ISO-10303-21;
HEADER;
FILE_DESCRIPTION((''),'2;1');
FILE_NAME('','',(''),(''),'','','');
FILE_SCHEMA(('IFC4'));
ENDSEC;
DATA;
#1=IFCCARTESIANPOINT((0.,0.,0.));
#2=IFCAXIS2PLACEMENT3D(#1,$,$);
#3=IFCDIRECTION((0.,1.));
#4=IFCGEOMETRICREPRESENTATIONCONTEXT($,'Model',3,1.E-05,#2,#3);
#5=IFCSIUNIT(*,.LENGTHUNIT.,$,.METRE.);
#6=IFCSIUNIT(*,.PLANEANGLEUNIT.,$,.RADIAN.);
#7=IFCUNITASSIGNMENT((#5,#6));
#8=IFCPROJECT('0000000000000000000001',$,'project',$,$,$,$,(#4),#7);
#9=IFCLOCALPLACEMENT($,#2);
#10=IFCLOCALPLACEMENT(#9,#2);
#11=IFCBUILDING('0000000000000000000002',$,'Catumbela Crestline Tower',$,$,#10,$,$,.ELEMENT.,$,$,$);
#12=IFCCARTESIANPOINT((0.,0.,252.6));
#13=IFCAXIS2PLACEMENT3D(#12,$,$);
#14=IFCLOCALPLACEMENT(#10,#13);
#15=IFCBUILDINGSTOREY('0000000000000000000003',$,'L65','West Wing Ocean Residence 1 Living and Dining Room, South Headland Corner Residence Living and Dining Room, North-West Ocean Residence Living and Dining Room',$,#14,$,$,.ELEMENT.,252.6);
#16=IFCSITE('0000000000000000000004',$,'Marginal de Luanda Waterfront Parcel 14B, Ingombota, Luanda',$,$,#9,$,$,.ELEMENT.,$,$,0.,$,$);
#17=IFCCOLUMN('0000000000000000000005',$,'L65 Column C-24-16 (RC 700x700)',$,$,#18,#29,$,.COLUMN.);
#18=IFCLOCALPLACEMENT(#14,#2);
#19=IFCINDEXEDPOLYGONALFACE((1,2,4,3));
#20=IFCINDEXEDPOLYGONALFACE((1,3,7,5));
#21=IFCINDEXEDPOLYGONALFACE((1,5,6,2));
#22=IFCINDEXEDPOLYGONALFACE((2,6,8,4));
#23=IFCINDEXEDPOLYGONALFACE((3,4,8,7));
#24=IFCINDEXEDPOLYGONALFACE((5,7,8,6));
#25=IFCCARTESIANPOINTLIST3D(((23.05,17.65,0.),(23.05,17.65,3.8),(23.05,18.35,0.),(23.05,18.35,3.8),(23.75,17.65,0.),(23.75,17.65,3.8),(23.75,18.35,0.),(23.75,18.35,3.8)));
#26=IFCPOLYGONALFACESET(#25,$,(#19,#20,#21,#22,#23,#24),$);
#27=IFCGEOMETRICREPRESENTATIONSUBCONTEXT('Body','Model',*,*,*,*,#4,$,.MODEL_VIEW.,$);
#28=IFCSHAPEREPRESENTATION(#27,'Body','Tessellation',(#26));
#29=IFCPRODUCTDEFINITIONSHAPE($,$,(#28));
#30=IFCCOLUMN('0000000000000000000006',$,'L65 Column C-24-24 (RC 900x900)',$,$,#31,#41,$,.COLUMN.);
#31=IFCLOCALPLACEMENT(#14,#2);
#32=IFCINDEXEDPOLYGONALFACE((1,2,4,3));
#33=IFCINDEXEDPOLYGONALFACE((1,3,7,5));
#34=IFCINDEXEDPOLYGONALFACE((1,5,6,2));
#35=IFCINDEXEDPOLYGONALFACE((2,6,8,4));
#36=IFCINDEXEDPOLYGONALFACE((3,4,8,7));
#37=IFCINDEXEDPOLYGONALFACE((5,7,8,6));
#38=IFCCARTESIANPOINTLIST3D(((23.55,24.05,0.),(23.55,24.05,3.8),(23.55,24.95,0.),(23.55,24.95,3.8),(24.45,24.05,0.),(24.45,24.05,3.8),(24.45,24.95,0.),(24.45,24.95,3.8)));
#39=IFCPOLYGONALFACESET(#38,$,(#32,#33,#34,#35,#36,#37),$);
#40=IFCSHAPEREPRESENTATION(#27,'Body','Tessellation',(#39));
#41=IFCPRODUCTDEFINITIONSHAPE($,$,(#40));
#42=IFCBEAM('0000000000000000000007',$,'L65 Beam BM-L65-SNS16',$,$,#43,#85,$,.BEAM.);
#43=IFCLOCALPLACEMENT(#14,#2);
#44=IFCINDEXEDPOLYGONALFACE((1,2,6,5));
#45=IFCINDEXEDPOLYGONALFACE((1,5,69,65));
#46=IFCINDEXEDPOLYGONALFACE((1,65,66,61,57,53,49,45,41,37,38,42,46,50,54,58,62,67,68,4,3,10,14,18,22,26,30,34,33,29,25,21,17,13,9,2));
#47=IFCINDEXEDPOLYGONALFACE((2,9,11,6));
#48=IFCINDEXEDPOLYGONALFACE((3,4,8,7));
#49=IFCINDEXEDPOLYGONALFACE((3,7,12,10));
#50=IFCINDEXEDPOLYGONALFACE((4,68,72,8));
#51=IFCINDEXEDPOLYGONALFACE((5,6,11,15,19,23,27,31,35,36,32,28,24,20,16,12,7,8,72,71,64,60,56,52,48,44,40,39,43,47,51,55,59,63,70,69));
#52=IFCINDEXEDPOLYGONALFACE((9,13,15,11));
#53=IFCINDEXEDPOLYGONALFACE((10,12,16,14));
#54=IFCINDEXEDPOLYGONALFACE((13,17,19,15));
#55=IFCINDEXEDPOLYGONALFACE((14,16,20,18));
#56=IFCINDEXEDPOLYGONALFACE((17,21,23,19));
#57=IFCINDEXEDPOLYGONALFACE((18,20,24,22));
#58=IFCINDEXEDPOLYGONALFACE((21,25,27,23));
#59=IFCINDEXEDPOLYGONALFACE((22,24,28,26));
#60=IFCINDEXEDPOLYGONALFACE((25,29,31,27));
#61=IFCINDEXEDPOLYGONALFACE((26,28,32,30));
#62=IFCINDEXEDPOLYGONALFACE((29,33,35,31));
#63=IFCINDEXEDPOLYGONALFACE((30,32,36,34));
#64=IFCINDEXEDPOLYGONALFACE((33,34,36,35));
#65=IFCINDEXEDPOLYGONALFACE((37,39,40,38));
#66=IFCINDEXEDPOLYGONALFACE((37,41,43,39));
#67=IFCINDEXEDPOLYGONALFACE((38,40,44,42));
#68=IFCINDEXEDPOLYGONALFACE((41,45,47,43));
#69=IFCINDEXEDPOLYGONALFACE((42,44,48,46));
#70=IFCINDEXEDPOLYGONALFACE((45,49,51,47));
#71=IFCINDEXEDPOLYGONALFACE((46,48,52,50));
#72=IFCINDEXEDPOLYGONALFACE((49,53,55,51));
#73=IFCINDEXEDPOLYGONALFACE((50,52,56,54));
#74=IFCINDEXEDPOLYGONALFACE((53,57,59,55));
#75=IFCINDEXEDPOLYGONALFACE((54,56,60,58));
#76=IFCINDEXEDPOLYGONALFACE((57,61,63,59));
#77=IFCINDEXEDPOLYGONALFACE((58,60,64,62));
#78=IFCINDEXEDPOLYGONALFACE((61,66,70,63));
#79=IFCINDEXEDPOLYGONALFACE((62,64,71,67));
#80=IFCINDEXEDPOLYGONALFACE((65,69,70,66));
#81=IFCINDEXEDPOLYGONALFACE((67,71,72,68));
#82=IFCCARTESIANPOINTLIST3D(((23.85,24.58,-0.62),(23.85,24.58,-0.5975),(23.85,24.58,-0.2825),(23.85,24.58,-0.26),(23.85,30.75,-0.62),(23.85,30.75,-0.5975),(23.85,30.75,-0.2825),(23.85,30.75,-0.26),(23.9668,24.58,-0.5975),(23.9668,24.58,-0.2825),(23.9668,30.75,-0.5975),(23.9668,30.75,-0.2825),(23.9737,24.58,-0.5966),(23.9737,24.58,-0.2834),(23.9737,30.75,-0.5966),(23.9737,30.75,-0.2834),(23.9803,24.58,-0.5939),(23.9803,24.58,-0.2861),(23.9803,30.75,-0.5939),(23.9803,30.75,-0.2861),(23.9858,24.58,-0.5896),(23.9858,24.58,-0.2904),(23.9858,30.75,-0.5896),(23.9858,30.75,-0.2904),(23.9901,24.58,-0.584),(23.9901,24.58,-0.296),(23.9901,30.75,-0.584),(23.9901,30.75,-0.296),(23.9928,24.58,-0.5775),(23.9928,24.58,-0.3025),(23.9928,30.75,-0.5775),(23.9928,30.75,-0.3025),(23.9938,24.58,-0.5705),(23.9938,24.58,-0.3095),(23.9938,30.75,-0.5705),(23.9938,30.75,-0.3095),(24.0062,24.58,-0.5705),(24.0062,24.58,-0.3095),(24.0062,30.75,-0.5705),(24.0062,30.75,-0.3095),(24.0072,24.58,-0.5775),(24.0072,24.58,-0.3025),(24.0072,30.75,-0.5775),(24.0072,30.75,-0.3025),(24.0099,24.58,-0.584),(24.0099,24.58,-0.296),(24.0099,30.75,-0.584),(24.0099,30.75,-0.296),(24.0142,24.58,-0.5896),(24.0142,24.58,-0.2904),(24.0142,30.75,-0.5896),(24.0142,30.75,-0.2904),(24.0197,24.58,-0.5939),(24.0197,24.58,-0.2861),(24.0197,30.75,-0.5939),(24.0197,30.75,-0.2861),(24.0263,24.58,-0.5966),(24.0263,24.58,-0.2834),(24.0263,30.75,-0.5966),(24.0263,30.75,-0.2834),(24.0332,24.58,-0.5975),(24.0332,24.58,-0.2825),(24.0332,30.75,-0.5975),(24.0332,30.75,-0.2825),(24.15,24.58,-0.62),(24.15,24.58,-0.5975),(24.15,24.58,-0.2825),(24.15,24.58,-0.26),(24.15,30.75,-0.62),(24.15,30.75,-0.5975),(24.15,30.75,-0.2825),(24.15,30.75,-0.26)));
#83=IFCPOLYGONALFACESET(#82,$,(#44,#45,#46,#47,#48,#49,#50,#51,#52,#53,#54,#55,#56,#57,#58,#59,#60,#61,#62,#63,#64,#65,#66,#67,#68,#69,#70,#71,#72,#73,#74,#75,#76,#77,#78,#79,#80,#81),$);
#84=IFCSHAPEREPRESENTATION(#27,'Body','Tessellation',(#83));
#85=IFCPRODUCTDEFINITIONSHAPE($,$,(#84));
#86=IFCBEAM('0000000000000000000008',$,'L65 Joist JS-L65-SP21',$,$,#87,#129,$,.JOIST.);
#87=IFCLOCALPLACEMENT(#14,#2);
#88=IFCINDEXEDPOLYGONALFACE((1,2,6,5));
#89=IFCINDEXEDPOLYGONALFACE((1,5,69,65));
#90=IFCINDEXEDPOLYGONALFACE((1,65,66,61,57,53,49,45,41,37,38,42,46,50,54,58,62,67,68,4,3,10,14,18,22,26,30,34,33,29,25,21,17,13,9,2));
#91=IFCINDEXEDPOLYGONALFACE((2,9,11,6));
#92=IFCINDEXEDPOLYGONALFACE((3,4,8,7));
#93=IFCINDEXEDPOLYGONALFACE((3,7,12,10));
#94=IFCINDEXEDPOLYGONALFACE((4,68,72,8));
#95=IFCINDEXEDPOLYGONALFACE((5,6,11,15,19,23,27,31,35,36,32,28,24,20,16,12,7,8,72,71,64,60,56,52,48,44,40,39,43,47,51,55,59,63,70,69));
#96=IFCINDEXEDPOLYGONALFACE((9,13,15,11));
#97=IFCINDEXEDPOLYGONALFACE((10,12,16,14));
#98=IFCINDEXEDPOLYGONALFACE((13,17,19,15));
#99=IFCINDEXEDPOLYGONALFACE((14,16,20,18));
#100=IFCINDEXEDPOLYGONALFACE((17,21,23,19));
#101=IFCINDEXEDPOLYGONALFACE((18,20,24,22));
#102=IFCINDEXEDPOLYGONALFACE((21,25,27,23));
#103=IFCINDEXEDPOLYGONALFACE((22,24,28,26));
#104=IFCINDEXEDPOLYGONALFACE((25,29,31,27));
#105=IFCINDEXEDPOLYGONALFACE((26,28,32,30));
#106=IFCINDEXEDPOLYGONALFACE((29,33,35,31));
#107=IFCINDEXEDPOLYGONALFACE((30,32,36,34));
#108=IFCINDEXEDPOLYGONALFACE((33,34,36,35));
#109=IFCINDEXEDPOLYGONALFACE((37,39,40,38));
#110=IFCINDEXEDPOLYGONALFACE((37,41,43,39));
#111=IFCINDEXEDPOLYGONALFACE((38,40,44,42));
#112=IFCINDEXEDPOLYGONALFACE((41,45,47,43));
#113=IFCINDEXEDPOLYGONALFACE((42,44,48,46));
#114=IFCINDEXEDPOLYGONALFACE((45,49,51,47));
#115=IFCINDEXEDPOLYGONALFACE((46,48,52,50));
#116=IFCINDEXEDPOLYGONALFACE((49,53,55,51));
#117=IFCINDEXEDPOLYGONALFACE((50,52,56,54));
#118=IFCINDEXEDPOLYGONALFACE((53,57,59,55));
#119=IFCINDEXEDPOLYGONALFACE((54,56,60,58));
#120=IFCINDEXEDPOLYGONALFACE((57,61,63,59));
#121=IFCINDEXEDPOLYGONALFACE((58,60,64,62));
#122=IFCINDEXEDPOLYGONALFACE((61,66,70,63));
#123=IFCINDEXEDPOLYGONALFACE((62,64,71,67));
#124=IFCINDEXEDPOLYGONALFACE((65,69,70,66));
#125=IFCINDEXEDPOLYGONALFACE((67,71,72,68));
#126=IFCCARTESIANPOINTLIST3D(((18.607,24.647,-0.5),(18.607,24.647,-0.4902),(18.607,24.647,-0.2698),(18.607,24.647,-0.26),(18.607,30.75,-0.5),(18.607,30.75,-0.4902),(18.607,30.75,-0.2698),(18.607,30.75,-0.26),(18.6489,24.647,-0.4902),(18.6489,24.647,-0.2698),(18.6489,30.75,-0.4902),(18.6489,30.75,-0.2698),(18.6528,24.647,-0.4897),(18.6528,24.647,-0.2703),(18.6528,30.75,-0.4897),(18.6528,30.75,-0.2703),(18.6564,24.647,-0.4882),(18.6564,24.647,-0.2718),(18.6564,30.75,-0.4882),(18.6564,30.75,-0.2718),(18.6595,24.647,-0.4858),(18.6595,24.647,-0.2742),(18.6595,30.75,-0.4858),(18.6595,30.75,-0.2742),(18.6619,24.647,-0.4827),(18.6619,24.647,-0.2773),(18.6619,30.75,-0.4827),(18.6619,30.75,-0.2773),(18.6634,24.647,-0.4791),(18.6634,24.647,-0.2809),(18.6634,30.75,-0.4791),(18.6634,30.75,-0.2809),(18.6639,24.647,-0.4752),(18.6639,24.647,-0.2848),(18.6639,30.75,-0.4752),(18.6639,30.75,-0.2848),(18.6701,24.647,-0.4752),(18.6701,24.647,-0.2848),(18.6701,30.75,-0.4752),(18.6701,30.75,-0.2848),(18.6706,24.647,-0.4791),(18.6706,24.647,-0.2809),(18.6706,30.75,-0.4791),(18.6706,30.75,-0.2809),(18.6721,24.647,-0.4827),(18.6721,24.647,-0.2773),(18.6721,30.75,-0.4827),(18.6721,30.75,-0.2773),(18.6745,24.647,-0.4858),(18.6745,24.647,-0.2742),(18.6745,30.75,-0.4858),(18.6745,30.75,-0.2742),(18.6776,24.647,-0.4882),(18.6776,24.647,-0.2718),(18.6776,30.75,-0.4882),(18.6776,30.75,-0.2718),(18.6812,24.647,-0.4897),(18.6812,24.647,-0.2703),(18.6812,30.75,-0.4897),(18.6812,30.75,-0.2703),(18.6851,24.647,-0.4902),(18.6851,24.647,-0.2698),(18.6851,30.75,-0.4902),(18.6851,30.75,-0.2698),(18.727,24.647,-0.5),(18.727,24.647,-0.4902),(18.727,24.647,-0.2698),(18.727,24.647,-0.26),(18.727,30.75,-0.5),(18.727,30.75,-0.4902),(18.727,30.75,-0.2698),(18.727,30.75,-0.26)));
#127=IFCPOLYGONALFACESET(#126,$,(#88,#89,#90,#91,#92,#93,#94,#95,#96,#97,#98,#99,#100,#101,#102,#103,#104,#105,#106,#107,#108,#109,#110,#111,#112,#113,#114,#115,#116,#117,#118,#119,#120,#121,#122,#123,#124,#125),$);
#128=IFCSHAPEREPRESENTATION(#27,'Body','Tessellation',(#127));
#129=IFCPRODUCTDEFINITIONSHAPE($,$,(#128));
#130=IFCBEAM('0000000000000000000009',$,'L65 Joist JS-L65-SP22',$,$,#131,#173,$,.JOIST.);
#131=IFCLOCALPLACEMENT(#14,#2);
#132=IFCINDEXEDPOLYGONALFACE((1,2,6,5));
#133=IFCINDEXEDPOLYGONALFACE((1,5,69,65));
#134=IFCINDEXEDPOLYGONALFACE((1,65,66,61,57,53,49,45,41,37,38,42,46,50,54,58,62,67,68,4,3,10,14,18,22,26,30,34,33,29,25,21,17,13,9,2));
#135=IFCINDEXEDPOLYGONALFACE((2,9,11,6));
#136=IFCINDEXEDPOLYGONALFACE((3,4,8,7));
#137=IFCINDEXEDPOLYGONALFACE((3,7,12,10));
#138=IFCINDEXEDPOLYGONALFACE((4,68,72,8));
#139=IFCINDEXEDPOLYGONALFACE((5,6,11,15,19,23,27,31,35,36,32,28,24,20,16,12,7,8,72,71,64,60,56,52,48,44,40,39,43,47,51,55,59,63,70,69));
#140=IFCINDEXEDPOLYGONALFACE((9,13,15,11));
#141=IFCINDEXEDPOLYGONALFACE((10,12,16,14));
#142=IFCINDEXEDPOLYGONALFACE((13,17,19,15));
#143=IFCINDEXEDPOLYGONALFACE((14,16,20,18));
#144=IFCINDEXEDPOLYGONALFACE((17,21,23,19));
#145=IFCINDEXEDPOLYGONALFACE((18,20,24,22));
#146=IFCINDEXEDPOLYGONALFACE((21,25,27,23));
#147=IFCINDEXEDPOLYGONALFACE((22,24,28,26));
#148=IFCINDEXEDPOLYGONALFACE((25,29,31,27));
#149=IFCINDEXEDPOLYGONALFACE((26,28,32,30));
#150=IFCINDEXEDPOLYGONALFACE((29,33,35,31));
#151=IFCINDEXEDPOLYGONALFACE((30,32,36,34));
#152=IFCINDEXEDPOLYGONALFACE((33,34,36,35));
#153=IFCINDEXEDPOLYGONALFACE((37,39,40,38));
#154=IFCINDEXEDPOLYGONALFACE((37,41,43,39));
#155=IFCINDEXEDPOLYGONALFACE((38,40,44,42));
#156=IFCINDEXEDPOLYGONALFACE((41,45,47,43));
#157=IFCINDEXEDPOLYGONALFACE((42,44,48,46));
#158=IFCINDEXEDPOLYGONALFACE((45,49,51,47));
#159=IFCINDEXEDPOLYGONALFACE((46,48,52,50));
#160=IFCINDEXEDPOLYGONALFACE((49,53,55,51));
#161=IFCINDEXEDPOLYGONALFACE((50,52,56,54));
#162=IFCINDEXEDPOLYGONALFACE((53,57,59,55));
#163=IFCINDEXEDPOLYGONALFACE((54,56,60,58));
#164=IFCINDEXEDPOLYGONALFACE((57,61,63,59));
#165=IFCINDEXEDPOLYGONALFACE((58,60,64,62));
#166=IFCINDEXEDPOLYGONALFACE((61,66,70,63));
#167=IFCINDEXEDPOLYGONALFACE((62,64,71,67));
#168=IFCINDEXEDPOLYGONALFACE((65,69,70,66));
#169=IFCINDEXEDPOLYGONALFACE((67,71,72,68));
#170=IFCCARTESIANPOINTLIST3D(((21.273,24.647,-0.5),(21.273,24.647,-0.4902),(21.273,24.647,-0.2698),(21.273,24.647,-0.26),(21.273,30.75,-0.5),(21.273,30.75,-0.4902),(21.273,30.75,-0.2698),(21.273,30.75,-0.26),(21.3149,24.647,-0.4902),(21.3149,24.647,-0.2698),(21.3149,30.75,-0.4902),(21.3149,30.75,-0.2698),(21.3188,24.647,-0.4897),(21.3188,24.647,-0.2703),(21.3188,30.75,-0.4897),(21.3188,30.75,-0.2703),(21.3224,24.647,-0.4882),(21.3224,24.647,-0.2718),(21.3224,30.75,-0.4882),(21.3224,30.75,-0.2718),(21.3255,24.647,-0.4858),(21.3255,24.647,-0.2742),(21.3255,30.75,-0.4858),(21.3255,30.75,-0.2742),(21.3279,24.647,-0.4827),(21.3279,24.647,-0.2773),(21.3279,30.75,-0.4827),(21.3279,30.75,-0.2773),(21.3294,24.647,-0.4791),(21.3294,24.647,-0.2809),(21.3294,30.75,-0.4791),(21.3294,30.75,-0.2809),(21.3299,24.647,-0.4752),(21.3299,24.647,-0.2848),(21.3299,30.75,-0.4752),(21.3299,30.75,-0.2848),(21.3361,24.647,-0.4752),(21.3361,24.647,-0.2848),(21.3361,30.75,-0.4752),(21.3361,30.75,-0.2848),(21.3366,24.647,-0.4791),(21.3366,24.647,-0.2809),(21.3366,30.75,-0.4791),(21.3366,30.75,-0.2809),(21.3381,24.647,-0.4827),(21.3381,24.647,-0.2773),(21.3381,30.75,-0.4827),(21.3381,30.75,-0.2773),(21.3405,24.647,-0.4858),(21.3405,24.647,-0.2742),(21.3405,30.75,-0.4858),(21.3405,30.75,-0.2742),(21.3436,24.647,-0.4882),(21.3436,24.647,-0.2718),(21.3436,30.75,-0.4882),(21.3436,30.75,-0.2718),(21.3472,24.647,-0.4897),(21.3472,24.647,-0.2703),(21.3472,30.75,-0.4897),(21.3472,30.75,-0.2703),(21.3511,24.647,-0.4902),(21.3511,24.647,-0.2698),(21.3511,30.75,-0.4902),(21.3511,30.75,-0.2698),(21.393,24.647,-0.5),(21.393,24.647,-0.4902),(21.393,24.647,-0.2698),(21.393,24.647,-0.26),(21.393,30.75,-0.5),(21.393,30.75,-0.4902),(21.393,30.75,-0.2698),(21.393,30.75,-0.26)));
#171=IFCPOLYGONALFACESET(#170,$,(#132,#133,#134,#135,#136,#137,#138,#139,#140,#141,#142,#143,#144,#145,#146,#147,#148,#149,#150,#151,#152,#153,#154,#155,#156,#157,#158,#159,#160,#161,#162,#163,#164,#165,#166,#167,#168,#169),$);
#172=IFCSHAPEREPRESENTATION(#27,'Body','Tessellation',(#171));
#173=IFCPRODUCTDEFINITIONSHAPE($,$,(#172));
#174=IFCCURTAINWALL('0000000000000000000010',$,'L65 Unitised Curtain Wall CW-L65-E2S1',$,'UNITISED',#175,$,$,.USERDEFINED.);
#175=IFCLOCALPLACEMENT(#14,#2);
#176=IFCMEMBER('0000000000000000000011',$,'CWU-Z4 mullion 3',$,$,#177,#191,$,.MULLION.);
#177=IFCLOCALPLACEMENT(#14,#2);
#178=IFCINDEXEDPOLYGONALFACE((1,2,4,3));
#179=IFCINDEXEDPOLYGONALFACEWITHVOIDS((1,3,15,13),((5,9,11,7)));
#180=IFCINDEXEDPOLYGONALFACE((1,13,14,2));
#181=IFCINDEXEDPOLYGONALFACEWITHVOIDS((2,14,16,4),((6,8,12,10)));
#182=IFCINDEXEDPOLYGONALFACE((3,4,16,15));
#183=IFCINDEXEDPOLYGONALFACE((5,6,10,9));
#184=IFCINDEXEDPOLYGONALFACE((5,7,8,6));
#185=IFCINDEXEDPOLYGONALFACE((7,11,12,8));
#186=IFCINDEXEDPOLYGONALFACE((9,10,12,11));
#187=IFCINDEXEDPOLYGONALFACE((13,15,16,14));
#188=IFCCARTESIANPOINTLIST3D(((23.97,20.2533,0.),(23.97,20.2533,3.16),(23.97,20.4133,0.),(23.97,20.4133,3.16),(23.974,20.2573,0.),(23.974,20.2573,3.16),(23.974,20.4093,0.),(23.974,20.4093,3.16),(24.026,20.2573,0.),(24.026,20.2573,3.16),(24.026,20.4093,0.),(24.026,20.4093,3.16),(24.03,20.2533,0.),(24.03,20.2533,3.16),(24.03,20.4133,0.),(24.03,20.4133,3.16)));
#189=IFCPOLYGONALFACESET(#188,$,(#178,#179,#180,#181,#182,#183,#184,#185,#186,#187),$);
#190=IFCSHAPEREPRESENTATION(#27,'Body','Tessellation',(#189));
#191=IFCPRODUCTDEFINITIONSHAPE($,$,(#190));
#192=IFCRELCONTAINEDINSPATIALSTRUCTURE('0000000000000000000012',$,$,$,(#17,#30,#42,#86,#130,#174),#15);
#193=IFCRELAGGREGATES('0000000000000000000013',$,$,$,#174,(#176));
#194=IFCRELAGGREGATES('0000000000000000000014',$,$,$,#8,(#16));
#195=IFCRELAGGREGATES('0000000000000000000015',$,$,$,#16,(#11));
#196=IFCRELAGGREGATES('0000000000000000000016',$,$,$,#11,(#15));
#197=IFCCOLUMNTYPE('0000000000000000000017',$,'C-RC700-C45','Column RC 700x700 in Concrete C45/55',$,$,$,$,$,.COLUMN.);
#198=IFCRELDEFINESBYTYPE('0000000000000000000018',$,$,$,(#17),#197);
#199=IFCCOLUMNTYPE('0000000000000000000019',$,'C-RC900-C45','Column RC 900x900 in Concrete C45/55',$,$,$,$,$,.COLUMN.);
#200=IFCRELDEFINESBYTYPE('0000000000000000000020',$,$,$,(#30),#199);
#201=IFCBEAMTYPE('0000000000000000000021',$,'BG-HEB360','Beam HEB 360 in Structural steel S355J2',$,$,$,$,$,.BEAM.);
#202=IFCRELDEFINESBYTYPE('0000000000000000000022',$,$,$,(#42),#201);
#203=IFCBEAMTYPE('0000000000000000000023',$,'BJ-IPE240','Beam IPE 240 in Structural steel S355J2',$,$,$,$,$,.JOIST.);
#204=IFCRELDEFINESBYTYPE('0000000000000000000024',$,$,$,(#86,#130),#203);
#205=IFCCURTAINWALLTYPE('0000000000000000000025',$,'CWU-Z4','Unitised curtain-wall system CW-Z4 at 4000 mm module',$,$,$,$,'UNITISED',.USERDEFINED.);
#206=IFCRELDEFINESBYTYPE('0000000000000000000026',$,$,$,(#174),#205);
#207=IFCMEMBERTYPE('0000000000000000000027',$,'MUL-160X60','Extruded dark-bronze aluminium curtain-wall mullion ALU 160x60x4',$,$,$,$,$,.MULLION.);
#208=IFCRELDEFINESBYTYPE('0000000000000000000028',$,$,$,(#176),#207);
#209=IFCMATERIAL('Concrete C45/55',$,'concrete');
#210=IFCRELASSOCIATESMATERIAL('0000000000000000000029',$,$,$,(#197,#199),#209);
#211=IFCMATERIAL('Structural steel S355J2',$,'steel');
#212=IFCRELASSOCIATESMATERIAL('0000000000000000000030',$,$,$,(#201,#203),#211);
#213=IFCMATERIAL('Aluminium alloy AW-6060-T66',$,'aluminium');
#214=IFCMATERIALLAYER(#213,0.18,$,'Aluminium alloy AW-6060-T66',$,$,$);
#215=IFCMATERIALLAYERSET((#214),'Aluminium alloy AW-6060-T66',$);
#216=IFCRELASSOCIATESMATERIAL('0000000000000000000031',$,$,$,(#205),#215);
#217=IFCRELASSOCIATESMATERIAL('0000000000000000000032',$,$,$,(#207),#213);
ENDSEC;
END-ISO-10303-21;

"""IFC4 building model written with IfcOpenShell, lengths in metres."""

from ifc_helpers import new_model, si_unit, direction, frame, origin, origin_2d, place, context, subcontext, project, spatial, rectangle, hollow_rectangle, i_section, extrude, material, layer, layer_set, material_profile, profile_set, type_object, element, aggregate, save


model = new_model("IFC4")

# Units and contexts
model_context = context("Model", 3, precision=1e-05, world=origin(), true_north=direction((0.0, 1.0)))
body_context = subcontext(model_context, "Body", "Model", "MODEL_VIEW")
ifc_project = project(units=[si_unit("LENGTHUNIT", "METRE"), si_unit("PLANEANGLEUNIT", "RADIAN")], contexts=[model_context])

# Site, building, storey
site_placement = place(None, origin())
site = spatial("IfcSite", under=ifc_project, at=site_placement, Name="Marginal de Luanda Waterfront Parcel 14B, Ingombota, Luanda", CompositionType="ELEMENT", RefElevation=0.0)
building_placement = place(site_placement, origin())
building = spatial("IfcBuilding", under=site, at=building_placement, Name="Catumbela Crestline Tower", CompositionType="ELEMENT")
storey_placement = place(building_placement, frame((0.0, 0.0, 252.6)))
storey = spatial("IfcBuildingStorey", under=building, at=storey_placement, Name="L65", Description="West Wing Ocean Residence 1 Living and Dining Room, South Headland Corner Residence Living and Dining Room, North-West Ocean Residence Living and Dining Room", CompositionType="ELEMENT", Elevation=252.6)

# Columns
ifc_material_1 = material(Name="Concrete C45/55", Category="concrete")
ifc_material_profile_1 = material_profile(ifc_material_1, rectangle(XDim=0.7, YDim=0.7, at=origin_2d()), Name="RC 700x700")
ifc_profile_set_1 = profile_set([ifc_material_profile_1], Name="Concrete C45/55")
column_type_1 = type_object("IfcColumnType", Name="C-RC700-C45", Description="Column RC 700x700 in Concrete C45/55", PredefinedType="COLUMN", material=ifc_profile_set_1)
column_1_placement = place(storey_placement, frame((23.4, 18.0, 0.0), z_axis=(0.0, 0.0, 1.0), x_axis=(1.0, 0.0, 0.0)))
element("IfcColumn", 1, at=column_1_placement, inside=storey, type_object=column_type_1, Name="L65 Column C-24-16 (RC 700x700)", PredefinedType="COLUMN", context=body_context, shape_type="SweptSolid", body=[
    extrude(rectangle(XDim=0.7, YDim=0.7, at=origin_2d()), origin(), (0.0, 0.0, 1.0), 3.8),
])
ifc_material_profile_2 = material_profile(ifc_material_1, rectangle(XDim=0.9, YDim=0.9, at=origin_2d()), Name="RC 900x900")
ifc_profile_set_2 = profile_set([ifc_material_profile_2], Name="Concrete C45/55")
column_type_2 = type_object("IfcColumnType", Name="C-RC900-C45", Description="Column RC 900x900 in Concrete C45/55", PredefinedType="COLUMN", material=ifc_profile_set_2)
column_2_placement = place(storey_placement, frame((24.0, 24.5, 0.0), z_axis=(0.0, 0.0, 1.0), x_axis=(1.0, 0.0, 0.0)))
element("IfcColumn", 2, at=column_2_placement, inside=storey, type_object=column_type_2, Name="L65 Column C-24-24 (RC 900x900)", PredefinedType="COLUMN", context=body_context, shape_type="SweptSolid", body=[
    extrude(rectangle(XDim=0.9, YDim=0.9, at=origin_2d()), origin(), (0.0, 0.0, 1.0), 3.8),
])

# Beams
ifc_material_2 = material(Name="Structural steel S355J2", Category="steel")
ifc_material_profile_3 = material_profile(ifc_material_2, i_section(OverallWidth=0.3, OverallDepth=0.36, WebThickness=0.0125, FlangeThickness=0.0225, FilletRadius=0.027, at=origin_2d()), Name="HEB 360")
ifc_profile_set_3 = profile_set([ifc_material_profile_3], Name="Structural steel S355J2")
beam_type_1 = type_object("IfcBeamType", Name="BG-HEB360", Description="Beam HEB 360 in Structural steel S355J2", PredefinedType="BEAM", material=ifc_profile_set_3)
beam_1_placement = place(storey_placement, frame((24.0, 24.58, -0.44), z_axis=(0.0, 1.0, 0.0), x_axis=(-1.0, 0.0, 0.0)))
element("IfcBeam", 3, at=beam_1_placement, inside=storey, type_object=beam_type_1, Name="L65 Beam BM-L65-SNS16", PredefinedType="BEAM", context=body_context, shape_type="SweptSolid", body=[
    extrude(i_section(OverallWidth=0.3, OverallDepth=0.36, WebThickness=0.0125, FlangeThickness=0.0225, FilletRadius=0.027, at=origin_2d()), origin(), (0.0, 0.0, 1.0), 6.17),
])
ifc_material_profile_4 = material_profile(ifc_material_2, i_section(OverallWidth=0.12, OverallDepth=0.24, WebThickness=0.0062, FlangeThickness=0.0098, FilletRadius=0.015, at=origin_2d()), Name="IPE 240")
ifc_profile_set_4 = profile_set([ifc_material_profile_4], Name="Structural steel S355J2")
beam_type_2 = type_object("IfcBeamType", Name="BJ-IPE240", Description="Beam IPE 240 in Structural steel S355J2", PredefinedType="JOIST", material=ifc_profile_set_4)
for number, where, z_axis, x_axis, name in (
    (4, (18.667, 24.647, -0.38), (0.0, 1.0, 0.0), (-1.0, 0.0, 0.0), "L65 Joist JS-L65-SP21"),
    (5, (21.333, 24.647, -0.38), (0.0, 1.0, 0.0), (-1.0, 0.0, 0.0), "L65 Joist JS-L65-SP22"),
):
    element("IfcBeam", number, at=place(storey_placement, frame(where, z_axis=z_axis, x_axis=x_axis)), inside=storey, type_object=beam_type_2, Name=name, PredefinedType="JOIST", context=body_context, shape_type="SweptSolid", body=[
        extrude(i_section(OverallWidth=0.12, OverallDepth=0.24, WebThickness=0.0062, FlangeThickness=0.0098, FilletRadius=0.015, at=origin_2d()), origin(), (0.0, 0.0, 1.0), 6.103),
    ])

# Curtain wall, member
ifc_material_3 = material(Name="Aluminium alloy AW-6060-T66", Category="aluminium")
ifc_layer_1 = layer(ifc_material_3, 0.18, Name="Aluminium alloy AW-6060-T66")
ifc_layer_set_1 = layer_set([ifc_layer_1], Name="Aluminium alloy AW-6060-T66")
curtain_wall_type = type_object("IfcCurtainWallType", Name="CWU-Z4", Description="Unitised curtain-wall system CW-Z4 at 4000 mm module", ElementType="UNITISED", PredefinedType="USERDEFINED", material=ifc_layer_set_1)
curtain_wall_placement = place(storey_placement, origin())
curtain_wall = element("IfcCurtainWall", 6, at=curtain_wall_placement, inside=storey, type_object=curtain_wall_type, Name="L65 Unitised Curtain Wall CW-L65-E2S1", ObjectType="UNITISED", PredefinedType="USERDEFINED")
ifc_material_profile_5 = material_profile(ifc_material_3, hollow_rectangle(XDim=0.06, YDim=0.16, WallThickness=0.004, at=origin_2d()), Name="ALU 160x60x4")
ifc_profile_set_5 = profile_set([ifc_material_profile_5], Name="Aluminium alloy AW-6060-T66")
member_type_1 = type_object("IfcMemberType", Name="MUL-160X60", Description="Extruded dark-bronze aluminium curtain-wall mullion ALU 160x60x4", PredefinedType="MULLION", material=ifc_profile_set_5)
member_1_placement = place(storey_placement, frame((24.0, 20.3333, 0.0), z_axis=(0.0, 0.0, 1.0), x_axis=(-1.0, 0.0, 0.0)))
member_1 = element("IfcMember", 7, at=member_1_placement, type_object=member_type_1, Name="CWU-Z4 mullion 3", PredefinedType="MULLION", context=body_context, shape_type="SweptSolid", body=[
    extrude(hollow_rectangle(XDim=0.06, YDim=0.16, WallThickness=0.004, at=origin_2d()), origin(), (0.0, 0.0, 1.0), 3.16),
])

aggregate(curtain_wall, [member_1])

save(model, "model.ifc")
